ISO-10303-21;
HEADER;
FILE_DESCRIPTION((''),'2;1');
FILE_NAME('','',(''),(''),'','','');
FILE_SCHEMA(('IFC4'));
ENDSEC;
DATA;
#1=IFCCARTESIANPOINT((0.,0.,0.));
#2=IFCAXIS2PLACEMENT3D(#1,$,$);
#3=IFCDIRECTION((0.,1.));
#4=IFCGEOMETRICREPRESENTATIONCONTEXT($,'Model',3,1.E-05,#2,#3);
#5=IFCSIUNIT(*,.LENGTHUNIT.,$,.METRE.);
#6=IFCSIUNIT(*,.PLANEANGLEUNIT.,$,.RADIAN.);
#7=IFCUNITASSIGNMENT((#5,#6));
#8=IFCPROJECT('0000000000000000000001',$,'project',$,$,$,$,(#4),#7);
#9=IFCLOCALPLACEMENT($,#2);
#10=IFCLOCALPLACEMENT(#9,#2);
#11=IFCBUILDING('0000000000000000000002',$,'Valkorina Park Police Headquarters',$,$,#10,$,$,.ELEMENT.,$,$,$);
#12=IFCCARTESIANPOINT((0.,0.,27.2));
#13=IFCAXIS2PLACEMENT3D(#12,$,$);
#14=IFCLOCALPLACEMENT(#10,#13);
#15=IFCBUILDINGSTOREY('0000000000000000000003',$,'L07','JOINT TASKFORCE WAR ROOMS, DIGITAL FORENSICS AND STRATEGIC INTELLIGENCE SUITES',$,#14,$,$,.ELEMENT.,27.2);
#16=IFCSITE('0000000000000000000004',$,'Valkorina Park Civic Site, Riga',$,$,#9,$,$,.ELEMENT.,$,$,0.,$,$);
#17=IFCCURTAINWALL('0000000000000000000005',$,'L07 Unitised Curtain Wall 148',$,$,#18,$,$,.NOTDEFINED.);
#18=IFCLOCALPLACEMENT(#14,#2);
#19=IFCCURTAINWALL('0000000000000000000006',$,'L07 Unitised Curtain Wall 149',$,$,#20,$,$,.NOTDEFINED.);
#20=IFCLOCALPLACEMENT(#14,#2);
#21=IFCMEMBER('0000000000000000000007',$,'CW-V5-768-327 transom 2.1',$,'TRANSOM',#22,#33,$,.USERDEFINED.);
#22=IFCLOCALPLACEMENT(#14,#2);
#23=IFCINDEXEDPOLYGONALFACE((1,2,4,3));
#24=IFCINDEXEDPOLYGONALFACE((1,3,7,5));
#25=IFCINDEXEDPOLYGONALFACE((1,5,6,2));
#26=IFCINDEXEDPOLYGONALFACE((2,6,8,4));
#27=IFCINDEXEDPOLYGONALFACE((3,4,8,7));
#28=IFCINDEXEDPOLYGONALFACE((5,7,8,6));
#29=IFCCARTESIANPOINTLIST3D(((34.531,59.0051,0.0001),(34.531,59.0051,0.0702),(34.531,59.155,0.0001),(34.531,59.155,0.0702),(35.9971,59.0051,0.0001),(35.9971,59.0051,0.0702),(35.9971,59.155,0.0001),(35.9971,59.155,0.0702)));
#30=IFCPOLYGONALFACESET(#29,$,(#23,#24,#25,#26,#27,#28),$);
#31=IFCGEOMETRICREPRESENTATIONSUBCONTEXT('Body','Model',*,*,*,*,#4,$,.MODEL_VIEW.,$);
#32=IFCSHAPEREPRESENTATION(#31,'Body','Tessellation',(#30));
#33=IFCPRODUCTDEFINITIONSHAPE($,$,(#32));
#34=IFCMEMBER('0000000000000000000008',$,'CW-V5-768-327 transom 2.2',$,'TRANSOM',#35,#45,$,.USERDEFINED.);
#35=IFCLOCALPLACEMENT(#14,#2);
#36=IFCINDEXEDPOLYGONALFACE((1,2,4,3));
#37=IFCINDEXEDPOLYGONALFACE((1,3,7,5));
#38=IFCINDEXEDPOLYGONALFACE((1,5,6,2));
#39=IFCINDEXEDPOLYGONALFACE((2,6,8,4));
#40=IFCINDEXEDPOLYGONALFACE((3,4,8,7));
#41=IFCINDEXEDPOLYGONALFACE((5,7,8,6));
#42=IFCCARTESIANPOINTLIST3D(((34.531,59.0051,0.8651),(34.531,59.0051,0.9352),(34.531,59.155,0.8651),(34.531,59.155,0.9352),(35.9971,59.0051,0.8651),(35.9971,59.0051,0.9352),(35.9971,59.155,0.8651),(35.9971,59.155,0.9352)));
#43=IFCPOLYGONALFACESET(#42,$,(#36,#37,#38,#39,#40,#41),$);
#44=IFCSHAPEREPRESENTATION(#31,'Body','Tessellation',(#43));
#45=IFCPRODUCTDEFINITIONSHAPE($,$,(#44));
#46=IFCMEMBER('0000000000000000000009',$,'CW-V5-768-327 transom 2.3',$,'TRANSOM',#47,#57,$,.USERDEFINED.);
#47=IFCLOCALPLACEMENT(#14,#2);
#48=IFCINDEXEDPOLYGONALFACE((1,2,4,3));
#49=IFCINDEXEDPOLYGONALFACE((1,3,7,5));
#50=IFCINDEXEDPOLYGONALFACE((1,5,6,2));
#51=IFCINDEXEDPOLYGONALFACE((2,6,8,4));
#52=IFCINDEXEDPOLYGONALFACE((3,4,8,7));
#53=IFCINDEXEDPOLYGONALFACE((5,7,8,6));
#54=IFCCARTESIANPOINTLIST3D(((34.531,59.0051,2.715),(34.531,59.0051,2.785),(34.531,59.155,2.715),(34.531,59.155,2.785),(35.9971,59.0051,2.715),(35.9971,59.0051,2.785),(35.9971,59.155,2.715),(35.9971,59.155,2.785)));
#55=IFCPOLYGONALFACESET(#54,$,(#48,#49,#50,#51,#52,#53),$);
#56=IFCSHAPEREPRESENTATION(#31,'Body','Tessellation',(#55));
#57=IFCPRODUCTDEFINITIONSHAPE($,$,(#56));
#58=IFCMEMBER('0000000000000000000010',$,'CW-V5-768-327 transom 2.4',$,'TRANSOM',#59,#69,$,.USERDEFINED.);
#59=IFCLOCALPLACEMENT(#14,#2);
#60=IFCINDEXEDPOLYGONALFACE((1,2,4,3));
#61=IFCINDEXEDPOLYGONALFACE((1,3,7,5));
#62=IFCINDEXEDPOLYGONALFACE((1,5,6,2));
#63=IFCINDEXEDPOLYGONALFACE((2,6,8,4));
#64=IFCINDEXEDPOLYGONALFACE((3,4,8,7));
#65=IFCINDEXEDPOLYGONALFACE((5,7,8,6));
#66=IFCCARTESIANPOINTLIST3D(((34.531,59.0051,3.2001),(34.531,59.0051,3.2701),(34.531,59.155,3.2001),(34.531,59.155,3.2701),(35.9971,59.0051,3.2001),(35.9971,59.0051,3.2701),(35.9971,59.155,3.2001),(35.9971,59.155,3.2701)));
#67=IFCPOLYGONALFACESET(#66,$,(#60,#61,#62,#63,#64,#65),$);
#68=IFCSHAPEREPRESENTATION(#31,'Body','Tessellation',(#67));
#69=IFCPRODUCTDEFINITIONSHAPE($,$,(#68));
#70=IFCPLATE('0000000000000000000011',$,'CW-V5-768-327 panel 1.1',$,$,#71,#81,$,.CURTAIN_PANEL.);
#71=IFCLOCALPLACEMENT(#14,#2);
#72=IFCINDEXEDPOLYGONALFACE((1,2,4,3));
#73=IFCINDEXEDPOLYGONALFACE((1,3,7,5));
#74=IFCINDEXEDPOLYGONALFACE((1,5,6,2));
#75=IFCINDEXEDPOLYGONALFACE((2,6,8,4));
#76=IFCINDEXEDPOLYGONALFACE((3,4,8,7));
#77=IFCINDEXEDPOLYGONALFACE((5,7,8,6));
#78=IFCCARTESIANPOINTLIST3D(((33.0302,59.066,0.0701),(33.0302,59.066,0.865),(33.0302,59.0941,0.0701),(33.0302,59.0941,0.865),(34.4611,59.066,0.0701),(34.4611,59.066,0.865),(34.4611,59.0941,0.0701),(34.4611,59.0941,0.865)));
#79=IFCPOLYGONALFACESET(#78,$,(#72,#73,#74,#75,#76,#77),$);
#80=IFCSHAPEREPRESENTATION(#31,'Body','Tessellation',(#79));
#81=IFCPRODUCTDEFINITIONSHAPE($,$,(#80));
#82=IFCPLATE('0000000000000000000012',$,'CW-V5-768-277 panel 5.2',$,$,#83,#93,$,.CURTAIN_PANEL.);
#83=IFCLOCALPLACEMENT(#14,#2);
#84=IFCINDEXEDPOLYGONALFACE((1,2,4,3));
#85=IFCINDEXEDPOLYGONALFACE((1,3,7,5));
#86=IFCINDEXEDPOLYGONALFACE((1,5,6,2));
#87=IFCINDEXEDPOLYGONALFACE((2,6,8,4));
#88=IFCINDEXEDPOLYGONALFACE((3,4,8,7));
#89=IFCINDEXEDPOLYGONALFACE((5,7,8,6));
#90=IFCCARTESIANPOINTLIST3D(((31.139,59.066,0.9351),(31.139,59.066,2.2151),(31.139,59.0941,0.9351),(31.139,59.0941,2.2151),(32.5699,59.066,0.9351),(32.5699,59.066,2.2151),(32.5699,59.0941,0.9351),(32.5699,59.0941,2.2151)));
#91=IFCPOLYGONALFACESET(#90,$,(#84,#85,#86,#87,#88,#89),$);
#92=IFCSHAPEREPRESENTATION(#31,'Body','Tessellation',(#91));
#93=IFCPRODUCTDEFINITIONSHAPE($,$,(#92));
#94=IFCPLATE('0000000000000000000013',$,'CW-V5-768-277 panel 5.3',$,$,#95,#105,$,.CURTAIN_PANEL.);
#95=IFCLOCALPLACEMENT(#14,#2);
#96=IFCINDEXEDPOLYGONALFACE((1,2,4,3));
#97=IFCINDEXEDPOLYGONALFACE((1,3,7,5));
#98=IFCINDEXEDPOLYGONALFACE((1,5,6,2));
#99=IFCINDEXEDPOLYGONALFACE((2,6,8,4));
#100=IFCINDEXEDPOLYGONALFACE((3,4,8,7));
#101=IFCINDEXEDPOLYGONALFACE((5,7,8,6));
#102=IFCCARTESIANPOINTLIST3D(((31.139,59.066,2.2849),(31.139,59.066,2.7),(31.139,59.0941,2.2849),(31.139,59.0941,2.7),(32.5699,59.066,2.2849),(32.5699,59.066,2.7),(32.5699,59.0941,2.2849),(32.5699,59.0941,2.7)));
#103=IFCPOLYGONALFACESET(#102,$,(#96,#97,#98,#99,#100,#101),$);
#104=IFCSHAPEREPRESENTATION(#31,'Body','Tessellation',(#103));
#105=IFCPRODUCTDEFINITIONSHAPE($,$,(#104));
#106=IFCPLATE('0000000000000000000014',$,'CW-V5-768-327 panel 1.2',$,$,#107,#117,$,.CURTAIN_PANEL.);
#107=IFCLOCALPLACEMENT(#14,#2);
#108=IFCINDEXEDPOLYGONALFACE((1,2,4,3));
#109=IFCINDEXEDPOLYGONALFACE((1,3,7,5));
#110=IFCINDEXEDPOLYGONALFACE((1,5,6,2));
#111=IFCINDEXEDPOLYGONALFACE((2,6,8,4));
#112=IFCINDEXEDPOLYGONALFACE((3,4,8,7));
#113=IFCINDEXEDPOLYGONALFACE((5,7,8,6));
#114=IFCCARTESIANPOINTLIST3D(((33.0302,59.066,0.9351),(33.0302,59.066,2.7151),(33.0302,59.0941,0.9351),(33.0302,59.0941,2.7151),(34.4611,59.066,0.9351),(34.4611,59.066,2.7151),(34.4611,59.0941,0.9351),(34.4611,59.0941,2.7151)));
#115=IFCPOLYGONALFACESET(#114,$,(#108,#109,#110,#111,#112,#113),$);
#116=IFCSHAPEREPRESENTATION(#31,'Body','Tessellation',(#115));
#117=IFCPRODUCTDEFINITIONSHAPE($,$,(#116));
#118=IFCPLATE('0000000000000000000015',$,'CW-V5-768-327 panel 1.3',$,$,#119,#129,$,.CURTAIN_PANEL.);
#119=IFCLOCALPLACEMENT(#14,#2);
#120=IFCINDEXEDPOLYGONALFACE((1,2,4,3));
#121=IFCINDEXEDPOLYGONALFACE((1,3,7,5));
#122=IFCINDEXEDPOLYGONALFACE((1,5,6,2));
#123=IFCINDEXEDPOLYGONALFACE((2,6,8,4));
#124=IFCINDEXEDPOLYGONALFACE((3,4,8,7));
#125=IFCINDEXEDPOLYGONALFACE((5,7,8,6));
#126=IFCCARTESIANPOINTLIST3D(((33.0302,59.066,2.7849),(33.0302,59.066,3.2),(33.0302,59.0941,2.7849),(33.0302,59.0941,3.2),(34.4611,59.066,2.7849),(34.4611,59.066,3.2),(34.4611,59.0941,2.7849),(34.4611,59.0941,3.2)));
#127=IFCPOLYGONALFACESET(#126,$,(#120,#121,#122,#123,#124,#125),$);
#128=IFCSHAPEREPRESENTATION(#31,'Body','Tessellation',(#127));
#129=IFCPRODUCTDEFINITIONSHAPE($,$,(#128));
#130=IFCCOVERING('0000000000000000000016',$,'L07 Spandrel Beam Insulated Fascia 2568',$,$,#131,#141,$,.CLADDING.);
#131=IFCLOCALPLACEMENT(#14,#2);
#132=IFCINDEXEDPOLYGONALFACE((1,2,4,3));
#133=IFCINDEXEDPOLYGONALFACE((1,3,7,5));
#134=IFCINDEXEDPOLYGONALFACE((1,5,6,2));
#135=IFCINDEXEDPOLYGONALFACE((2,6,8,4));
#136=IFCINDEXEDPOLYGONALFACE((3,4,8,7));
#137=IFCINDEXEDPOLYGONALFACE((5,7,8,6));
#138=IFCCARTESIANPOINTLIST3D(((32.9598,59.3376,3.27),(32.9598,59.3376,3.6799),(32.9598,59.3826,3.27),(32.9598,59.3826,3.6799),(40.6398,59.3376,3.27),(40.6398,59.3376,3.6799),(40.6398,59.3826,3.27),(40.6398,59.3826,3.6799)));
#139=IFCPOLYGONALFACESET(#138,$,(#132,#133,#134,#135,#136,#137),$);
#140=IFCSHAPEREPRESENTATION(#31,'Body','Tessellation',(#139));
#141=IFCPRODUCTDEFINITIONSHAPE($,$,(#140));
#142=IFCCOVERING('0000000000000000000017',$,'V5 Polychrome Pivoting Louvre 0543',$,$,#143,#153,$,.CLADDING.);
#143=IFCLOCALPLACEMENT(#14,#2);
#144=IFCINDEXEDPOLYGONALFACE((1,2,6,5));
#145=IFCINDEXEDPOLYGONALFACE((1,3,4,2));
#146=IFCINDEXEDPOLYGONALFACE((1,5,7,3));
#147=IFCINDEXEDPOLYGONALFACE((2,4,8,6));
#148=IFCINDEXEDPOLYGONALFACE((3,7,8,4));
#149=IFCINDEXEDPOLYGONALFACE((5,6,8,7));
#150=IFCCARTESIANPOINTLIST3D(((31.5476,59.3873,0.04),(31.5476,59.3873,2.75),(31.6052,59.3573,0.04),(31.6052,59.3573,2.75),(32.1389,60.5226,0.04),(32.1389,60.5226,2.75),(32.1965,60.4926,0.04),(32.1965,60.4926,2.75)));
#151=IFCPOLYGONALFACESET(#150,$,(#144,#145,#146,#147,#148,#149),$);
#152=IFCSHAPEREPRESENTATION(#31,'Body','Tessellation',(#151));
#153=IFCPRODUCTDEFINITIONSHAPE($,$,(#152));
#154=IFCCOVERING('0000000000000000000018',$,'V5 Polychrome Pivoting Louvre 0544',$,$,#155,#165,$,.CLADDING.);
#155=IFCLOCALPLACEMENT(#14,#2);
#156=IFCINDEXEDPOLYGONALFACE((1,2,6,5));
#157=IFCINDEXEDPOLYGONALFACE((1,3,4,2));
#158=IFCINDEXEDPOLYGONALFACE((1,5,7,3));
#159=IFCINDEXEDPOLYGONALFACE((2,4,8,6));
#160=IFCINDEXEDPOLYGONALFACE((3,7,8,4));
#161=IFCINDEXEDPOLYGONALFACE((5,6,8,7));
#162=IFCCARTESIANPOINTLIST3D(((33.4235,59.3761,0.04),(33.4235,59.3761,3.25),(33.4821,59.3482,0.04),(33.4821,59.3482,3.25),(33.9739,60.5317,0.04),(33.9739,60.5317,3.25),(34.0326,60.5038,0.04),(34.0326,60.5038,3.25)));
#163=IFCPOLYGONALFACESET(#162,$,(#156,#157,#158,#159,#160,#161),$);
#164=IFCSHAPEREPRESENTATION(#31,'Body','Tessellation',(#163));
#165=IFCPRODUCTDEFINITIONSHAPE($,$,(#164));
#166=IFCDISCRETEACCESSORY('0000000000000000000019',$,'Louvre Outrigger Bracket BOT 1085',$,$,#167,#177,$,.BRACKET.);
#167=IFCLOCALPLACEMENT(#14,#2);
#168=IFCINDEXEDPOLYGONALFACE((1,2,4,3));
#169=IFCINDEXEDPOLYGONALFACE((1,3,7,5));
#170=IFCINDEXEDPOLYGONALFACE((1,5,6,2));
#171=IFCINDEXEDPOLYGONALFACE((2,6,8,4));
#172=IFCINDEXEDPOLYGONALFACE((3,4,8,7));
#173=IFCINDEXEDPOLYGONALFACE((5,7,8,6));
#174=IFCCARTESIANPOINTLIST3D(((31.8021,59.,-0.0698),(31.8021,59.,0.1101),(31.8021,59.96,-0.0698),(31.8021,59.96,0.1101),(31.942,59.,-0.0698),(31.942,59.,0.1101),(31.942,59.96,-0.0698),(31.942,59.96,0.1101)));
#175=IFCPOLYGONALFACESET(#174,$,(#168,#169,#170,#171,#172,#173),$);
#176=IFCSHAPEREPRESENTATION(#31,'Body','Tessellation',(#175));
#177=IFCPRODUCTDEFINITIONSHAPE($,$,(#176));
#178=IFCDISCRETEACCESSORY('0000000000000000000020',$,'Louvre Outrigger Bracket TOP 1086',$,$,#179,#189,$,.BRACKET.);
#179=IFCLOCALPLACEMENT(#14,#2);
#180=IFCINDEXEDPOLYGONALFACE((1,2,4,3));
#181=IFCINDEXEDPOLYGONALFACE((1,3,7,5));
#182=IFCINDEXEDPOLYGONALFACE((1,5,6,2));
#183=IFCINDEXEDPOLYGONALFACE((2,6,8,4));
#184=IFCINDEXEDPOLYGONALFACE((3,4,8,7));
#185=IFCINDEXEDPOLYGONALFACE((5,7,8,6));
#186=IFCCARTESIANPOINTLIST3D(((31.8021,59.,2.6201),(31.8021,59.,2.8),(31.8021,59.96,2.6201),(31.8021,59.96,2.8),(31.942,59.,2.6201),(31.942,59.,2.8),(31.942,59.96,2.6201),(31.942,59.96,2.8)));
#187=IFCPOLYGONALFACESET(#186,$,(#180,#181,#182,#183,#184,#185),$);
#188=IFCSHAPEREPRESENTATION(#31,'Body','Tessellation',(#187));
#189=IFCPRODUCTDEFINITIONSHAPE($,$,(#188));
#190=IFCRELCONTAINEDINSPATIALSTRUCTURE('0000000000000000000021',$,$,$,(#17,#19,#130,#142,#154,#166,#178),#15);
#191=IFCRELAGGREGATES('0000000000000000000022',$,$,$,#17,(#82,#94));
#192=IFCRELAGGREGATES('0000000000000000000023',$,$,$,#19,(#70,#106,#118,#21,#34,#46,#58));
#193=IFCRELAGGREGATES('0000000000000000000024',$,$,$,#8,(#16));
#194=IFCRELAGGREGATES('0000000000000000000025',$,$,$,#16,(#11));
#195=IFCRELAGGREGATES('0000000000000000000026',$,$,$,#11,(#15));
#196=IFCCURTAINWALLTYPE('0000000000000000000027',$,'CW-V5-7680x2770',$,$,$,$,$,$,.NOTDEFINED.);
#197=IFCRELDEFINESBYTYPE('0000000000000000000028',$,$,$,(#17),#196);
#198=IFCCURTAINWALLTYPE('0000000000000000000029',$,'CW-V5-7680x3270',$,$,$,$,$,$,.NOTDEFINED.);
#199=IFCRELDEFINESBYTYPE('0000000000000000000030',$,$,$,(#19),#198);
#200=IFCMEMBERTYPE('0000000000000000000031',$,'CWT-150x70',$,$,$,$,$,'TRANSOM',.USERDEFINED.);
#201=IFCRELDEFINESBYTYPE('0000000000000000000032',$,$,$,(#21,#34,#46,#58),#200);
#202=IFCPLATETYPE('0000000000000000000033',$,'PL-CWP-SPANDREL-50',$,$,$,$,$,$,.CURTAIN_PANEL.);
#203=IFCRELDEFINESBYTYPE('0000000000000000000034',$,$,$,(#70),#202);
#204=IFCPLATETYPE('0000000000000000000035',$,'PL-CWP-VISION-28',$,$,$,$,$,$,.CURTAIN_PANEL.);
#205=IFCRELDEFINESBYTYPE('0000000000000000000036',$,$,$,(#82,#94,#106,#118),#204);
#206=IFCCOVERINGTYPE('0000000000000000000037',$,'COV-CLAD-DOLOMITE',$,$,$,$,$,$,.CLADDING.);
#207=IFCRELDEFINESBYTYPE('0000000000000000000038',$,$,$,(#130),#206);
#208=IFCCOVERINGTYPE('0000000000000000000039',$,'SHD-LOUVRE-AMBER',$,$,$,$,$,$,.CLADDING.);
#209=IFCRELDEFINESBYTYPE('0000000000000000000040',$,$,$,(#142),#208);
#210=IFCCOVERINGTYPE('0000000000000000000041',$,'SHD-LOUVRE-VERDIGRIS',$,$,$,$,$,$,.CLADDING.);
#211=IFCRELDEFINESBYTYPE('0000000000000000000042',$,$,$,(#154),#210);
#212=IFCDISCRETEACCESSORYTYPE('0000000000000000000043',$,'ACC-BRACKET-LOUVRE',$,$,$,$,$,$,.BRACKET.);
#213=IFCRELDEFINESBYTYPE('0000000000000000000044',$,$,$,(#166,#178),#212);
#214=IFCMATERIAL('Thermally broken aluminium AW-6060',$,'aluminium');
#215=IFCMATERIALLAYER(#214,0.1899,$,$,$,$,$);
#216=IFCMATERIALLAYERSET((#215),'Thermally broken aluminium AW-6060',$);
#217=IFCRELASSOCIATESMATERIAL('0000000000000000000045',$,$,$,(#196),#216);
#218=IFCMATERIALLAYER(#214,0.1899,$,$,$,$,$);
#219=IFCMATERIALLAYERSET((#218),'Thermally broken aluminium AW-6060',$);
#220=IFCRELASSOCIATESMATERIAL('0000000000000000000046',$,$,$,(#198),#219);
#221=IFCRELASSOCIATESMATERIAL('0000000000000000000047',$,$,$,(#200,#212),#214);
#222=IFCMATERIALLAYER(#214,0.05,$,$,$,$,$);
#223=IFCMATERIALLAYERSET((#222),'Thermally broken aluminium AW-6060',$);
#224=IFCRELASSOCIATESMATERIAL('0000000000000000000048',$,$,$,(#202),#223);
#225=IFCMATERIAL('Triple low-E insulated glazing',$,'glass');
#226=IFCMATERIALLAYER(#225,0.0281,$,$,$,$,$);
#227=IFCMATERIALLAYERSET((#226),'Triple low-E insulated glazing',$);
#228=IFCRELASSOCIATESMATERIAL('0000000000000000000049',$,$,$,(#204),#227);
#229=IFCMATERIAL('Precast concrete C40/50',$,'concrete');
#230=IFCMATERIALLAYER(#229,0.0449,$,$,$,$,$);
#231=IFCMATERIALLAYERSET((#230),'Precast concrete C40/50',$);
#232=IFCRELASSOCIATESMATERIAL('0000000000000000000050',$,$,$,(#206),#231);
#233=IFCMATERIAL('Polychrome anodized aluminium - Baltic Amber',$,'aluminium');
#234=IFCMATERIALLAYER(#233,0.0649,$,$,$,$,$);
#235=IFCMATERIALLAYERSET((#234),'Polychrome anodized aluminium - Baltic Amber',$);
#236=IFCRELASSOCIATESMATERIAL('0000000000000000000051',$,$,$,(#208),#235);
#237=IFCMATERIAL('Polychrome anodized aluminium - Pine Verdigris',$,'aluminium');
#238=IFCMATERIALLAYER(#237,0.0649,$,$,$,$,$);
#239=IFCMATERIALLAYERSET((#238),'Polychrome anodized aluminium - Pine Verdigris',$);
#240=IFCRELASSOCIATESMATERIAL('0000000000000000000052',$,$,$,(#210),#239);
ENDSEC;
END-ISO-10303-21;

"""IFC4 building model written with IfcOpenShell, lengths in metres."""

from ifc_helpers import new_model, si_unit, direction, frame, frame_2d, origin, origin_2d, place, context, subcontext, project, spatial, rectangle, extrude, material, layer, layer_set, material_profile, profile_set, type_object, element, aggregate, save


model = new_model("IFC4")

# Units and contexts
model_context = context("Model", 3, precision=1e-05, world=origin(), true_north=direction((0.0, 1.0)))
body_context = subcontext(model_context, "Body", "Model", "MODEL_VIEW")
ifc_project = project(units=[si_unit("LENGTHUNIT", "METRE"), si_unit("PLANEANGLEUNIT", "RADIAN")], contexts=[model_context])

# Site, building, storey
site_placement = place(None, origin())
site = spatial("IfcSite", under=ifc_project, at=site_placement, Name="Valkorina Park Civic Site, Riga", CompositionType="ELEMENT", RefElevation=0.0)
building_placement = place(site_placement, origin())
building = spatial("IfcBuilding", under=site, at=building_placement, Name="Valkorina Park Police Headquarters", CompositionType="ELEMENT")
storey_placement = place(building_placement, frame((0.0, 0.0, 27.2)))
storey = spatial("IfcBuildingStorey", under=building, at=storey_placement, Name="L07", Description="JOINT TASKFORCE WAR ROOMS, DIGITAL FORENSICS AND STRATEGIC INTELLIGENCE SUITES", CompositionType="ELEMENT", Elevation=27.2)

# Curtain wall
ifc_material_1 = material(Name="Thermally broken aluminium AW-6060", Category="aluminium")
ifc_layer_1 = layer(ifc_material_1, 0.1899)
ifc_layer_set_1 = layer_set([ifc_layer_1], Name="Thermally broken aluminium AW-6060")
curtain_wall_type_1 = type_object("IfcCurtainWallType", Name="CW-V5-7680x2770", PredefinedType="NOTDEFINED", material=ifc_layer_set_1)
curtain_wall_1_placement = place(storey_placement, origin())
curtain_wall_1 = element("IfcCurtainWall", 1, at=curtain_wall_1_placement, inside=storey, type_object=curtain_wall_type_1, Name="L07 Unitised Curtain Wall 148", PredefinedType="NOTDEFINED")

# Curtain wall, members, plate
ifc_layer_2 = layer(ifc_material_1, 0.1899)
ifc_layer_set_2 = layer_set([ifc_layer_2], Name="Thermally broken aluminium AW-6060")
curtain_wall_type_2 = type_object("IfcCurtainWallType", Name="CW-V5-7680x3270", PredefinedType="NOTDEFINED", material=ifc_layer_set_2)
curtain_wall_2_placement = place(storey_placement, origin())
curtain_wall_2 = element("IfcCurtainWall", 2, at=curtain_wall_2_placement, inside=storey, type_object=curtain_wall_type_2, Name="L07 Unitised Curtain Wall 149", PredefinedType="NOTDEFINED")
ifc_material_profile_1 = material_profile(ifc_material_1, rectangle(XDim=0.1499, YDim=0.0701, at=origin_2d()), Name="CWT-02 150x70")
ifc_profile_set_1 = profile_set([ifc_material_profile_1], Name="Thermally broken aluminium AW-6060")
member_type_1 = type_object("IfcMemberType", Name="CWT-150x70", ElementType="TRANSOM", PredefinedType="USERDEFINED", material=ifc_profile_set_1)
member_1_placement = place(storey_placement, frame((34.531, 59.0801, 0.0352), z_axis=(1.0, 0.0, 0.0), x_axis=(0.0, 1.0, 0.0)))
member_1 = element("IfcMember", 3, at=member_1_placement, type_object=member_type_1, Name="CW-V5-768-327 transom 2.1", ObjectType="TRANSOM", PredefinedType="USERDEFINED", context=body_context, shape_type="SweptSolid", body=[
    extrude(rectangle(XDim=0.1499, YDim=0.0701, at=origin_2d()), origin(), (0.0, 0.0, 1.0), 1.4661),
])
member_2_placement = place(storey_placement, frame((34.531, 59.0801, 0.9001), z_axis=(1.0, 0.0, 0.0), x_axis=(0.0, 1.0, 0.0)))
member_2 = element("IfcMember", 4, at=member_2_placement, type_object=member_type_1, Name="CW-V5-768-327 transom 2.2", ObjectType="TRANSOM", PredefinedType="USERDEFINED", context=body_context, shape_type="SweptSolid", body=[
    extrude(rectangle(XDim=0.1499, YDim=0.0701, at=origin_2d()), origin(), (0.0, 0.0, 1.0), 1.4661),
])
member_3_placement = place(storey_placement, frame((34.531, 59.0801, 2.75), z_axis=(1.0, 0.0, 0.0), x_axis=(0.0, 1.0, 0.0)))
member_3 = element("IfcMember", 5, at=member_3_placement, type_object=member_type_1, Name="CW-V5-768-327 transom 2.3", ObjectType="TRANSOM", PredefinedType="USERDEFINED", context=body_context, shape_type="SweptSolid", body=[
    extrude(rectangle(XDim=0.1499, YDim=0.0701, at=origin_2d()), origin(), (0.0, 0.0, 1.0), 1.4661),
])
member_4_placement = place(storey_placement, frame((34.531, 59.0801, 3.2351), z_axis=(1.0, 0.0, 0.0), x_axis=(0.0, 1.0, 0.0)))
member_4 = element("IfcMember", 6, at=member_4_placement, type_object=member_type_1, Name="CW-V5-768-327 transom 2.4", ObjectType="TRANSOM", PredefinedType="USERDEFINED", context=body_context, shape_type="SweptSolid", body=[
    extrude(rectangle(XDim=0.1499, YDim=0.0701, at=origin_2d()), origin(), (0.0, 0.0, 1.0), 1.4661),
])
ifc_layer_3 = layer(ifc_material_1, 0.05)
ifc_layer_set_3 = layer_set([ifc_layer_3], Name="Thermally broken aluminium AW-6060")
plate_type_1 = type_object("IfcPlateType", Name="PL-CWP-SPANDREL-50", PredefinedType="CURTAIN_PANEL", material=ifc_layer_set_3)
plate_1_placement = place(storey_placement, frame((33.7456, 59.0801, 0.0701), z_axis=(0.0, 0.0, 1.0), x_axis=(1.0, 0.0, 0.0)))
plate_1 = element("IfcPlate", 7, at=plate_1_placement, type_object=plate_type_1, Name="CW-V5-768-327 panel 1.1", PredefinedType="CURTAIN_PANEL", context=body_context, shape_type="SweptSolid", body=[
    extrude(rectangle(XDim=1.4309, YDim=0.0281, at=origin_2d()), origin(), (0.0, 0.0, 1.0), 0.7949),
])

# Plates
ifc_material_2 = material(Name="Triple low-E insulated glazing", Category="glass")
ifc_layer_4 = layer(ifc_material_2, 0.0281)
ifc_layer_set_4 = layer_set([ifc_layer_4], Name="Triple low-E insulated glazing")
plate_type_2 = type_object("IfcPlateType", Name="PL-CWP-VISION-28", PredefinedType="CURTAIN_PANEL", material=ifc_layer_set_4)
plate_2_placement = place(storey_placement, frame((31.8545, 59.0801, 0.9351), z_axis=(0.0, 0.0, 1.0), x_axis=(1.0, 0.0, 0.0)))
plate_2 = element("IfcPlate", 8, at=plate_2_placement, type_object=plate_type_2, Name="CW-V5-768-277 panel 5.2", PredefinedType="CURTAIN_PANEL", context=body_context, shape_type="SweptSolid", body=[
    extrude(rectangle(XDim=1.4309, YDim=0.0281, at=origin_2d()), origin(), (0.0, 0.0, 1.0), 1.28),
])
plate_3_placement = place(storey_placement, frame((31.8545, 59.0801, 2.2849), z_axis=(0.0, 0.0, 1.0), x_axis=(1.0, 0.0, 0.0)))
plate_3 = element("IfcPlate", 9, at=plate_3_placement, type_object=plate_type_2, Name="CW-V5-768-277 panel 5.3", PredefinedType="CURTAIN_PANEL", context=body_context, shape_type="SweptSolid", body=[
    extrude(rectangle(XDim=1.4309, YDim=0.0281, at=origin_2d()), origin(), (0.0, 0.0, 1.0), 0.415),
])
aggregate(curtain_wall_1, [plate_2, plate_3])
plate_4_placement = place(storey_placement, frame((33.7456, 59.0801, 0.9351), z_axis=(0.0, 0.0, 1.0), x_axis=(1.0, 0.0, 0.0)))
plate_4 = element("IfcPlate", 10, at=plate_4_placement, type_object=plate_type_2, Name="CW-V5-768-327 panel 1.2", PredefinedType="CURTAIN_PANEL", context=body_context, shape_type="SweptSolid", body=[
    extrude(rectangle(XDim=1.4309, YDim=0.0281, at=origin_2d()), origin(), (0.0, 0.0, 1.0), 1.78),
])
plate_5_placement = place(storey_placement, frame((33.7456, 59.0801, 2.7849), z_axis=(0.0, 0.0, 1.0), x_axis=(1.0, 0.0, 0.0)))
plate_5 = element("IfcPlate", 11, at=plate_5_placement, type_object=plate_type_2, Name="CW-V5-768-327 panel 1.3", PredefinedType="CURTAIN_PANEL", context=body_context, shape_type="SweptSolid", body=[
    extrude(rectangle(XDim=1.4309, YDim=0.0281, at=origin_2d()), origin(), (0.0, 0.0, 1.0), 0.415),
])
aggregate(curtain_wall_2, [plate_1, plate_4, plate_5, member_1, member_2, member_3, member_4])

# Coverings
ifc_material_3 = material(Name="Precast concrete C40/50", Category="concrete")
ifc_layer_5 = layer(ifc_material_3, 0.0449)
ifc_layer_set_5 = layer_set([ifc_layer_5], Name="Precast concrete C40/50")
covering_type_1 = type_object("IfcCoveringType", Name="COV-CLAD-DOLOMITE", PredefinedType="CLADDING", material=ifc_layer_set_5)
covering_1_placement = place(storey_placement, frame((32.96, 59.3601, 3.27), z_axis=(0.0, 0.0, 1.0), x_axis=(1.0, 0.0, 0.0)))
element("IfcCovering", 12, at=covering_1_placement, inside=storey, type_object=covering_type_1, Name="L07 Spandrel Beam Insulated Fascia 2568", PredefinedType="CLADDING", context=body_context, shape_type="SweptSolid", body=[
    extrude(rectangle(XDim=7.6799, YDim=0.0449, at=frame_2d((3.8398, 0.0))), origin(), (0.0, 0.0, 1.0), 0.4099),
])
ifc_material_4 = material(Name="Polychrome anodized aluminium - Baltic Amber", Category="aluminium")
ifc_layer_6 = layer(ifc_material_4, 0.0649)
ifc_layer_set_6 = layer_set([ifc_layer_6], Name="Polychrome anodized aluminium - Baltic Amber")
covering_type_2 = type_object("IfcCoveringType", Name="SHD-LOUVRE-AMBER", PredefinedType="CLADDING", material=ifc_layer_set_6)
covering_2_placement = place(storey_placement, frame((31.8721, 59.9399, 0.04), z_axis=(0.0, 0.0, 1.0), x_axis=(0.461903, 0.88693, 0.0)))
element("IfcCovering", 13, at=covering_2_placement, inside=storey, type_object=covering_type_2, Name="V5 Polychrome Pivoting Louvre 0543", PredefinedType="CLADDING", context=body_context, shape_type="SweptSolid", body=[
    extrude(rectangle(XDim=1.28, YDim=0.0649, at=origin_2d()), origin(), (0.0, 0.0, 1.0), 2.71),
])
ifc_material_5 = material(Name="Polychrome anodized aluminium - Pine Verdigris", Category="aluminium")
ifc_layer_7 = layer(ifc_material_5, 0.0649)
ifc_layer_set_7 = layer_set([ifc_layer_7], Name="Polychrome anodized aluminium - Pine Verdigris")
covering_type_3 = type_object("IfcCoveringType", Name="SHD-LOUVRE-VERDIGRIS", PredefinedType="CLADDING", material=ifc_layer_set_7)
covering_3_placement = place(storey_placement, frame((33.728, 59.9399, 0.04), z_axis=(0.0, 0.0, 1.0), x_axis=(0.430038, 0.902811, 0.0)))
element("IfcCovering", 14, at=covering_3_placement, inside=storey, type_object=covering_type_3, Name="V5 Polychrome Pivoting Louvre 0544", PredefinedType="CLADDING", context=body_context, shape_type="SweptSolid", body=[
    extrude(rectangle(XDim=1.28, YDim=0.0649, at=origin_2d()), origin(), (0.0, 0.0, 1.0), 3.21),
])

# Discrete accessories
discrete_accessory_type = type_object("IfcDiscreteAccessoryType", Name="ACC-BRACKET-LOUVRE", PredefinedType="BRACKET", material=ifc_material_1)
for number, where, z_axis, x_axis, name in (
    (15, (31.8721, 59.48, -0.0698), (0.0, 0.0, 1.0), (0.0, 1.0, 0.0), "Louvre Outrigger Bracket BOT 1085"),
    (16, (31.8721, 59.48, 2.6201), (0.0, 0.0, 1.0), (0.0, 1.0, 0.0), "Louvre Outrigger Bracket TOP 1086"),
):
    element("IfcDiscreteAccessory", number, at=place(storey_placement, frame(where, z_axis=z_axis, x_axis=x_axis)), inside=storey, type_object=discrete_accessory_type, Name=name, PredefinedType="BRACKET", context=body_context, shape_type="SweptSolid", body=[
        extrude(rectangle(XDim=0.96, YDim=0.1399, at=origin_2d()), origin(), (0.0, 0.0, 1.0), 0.1799),
    ])

save(model, "model.ifc")
